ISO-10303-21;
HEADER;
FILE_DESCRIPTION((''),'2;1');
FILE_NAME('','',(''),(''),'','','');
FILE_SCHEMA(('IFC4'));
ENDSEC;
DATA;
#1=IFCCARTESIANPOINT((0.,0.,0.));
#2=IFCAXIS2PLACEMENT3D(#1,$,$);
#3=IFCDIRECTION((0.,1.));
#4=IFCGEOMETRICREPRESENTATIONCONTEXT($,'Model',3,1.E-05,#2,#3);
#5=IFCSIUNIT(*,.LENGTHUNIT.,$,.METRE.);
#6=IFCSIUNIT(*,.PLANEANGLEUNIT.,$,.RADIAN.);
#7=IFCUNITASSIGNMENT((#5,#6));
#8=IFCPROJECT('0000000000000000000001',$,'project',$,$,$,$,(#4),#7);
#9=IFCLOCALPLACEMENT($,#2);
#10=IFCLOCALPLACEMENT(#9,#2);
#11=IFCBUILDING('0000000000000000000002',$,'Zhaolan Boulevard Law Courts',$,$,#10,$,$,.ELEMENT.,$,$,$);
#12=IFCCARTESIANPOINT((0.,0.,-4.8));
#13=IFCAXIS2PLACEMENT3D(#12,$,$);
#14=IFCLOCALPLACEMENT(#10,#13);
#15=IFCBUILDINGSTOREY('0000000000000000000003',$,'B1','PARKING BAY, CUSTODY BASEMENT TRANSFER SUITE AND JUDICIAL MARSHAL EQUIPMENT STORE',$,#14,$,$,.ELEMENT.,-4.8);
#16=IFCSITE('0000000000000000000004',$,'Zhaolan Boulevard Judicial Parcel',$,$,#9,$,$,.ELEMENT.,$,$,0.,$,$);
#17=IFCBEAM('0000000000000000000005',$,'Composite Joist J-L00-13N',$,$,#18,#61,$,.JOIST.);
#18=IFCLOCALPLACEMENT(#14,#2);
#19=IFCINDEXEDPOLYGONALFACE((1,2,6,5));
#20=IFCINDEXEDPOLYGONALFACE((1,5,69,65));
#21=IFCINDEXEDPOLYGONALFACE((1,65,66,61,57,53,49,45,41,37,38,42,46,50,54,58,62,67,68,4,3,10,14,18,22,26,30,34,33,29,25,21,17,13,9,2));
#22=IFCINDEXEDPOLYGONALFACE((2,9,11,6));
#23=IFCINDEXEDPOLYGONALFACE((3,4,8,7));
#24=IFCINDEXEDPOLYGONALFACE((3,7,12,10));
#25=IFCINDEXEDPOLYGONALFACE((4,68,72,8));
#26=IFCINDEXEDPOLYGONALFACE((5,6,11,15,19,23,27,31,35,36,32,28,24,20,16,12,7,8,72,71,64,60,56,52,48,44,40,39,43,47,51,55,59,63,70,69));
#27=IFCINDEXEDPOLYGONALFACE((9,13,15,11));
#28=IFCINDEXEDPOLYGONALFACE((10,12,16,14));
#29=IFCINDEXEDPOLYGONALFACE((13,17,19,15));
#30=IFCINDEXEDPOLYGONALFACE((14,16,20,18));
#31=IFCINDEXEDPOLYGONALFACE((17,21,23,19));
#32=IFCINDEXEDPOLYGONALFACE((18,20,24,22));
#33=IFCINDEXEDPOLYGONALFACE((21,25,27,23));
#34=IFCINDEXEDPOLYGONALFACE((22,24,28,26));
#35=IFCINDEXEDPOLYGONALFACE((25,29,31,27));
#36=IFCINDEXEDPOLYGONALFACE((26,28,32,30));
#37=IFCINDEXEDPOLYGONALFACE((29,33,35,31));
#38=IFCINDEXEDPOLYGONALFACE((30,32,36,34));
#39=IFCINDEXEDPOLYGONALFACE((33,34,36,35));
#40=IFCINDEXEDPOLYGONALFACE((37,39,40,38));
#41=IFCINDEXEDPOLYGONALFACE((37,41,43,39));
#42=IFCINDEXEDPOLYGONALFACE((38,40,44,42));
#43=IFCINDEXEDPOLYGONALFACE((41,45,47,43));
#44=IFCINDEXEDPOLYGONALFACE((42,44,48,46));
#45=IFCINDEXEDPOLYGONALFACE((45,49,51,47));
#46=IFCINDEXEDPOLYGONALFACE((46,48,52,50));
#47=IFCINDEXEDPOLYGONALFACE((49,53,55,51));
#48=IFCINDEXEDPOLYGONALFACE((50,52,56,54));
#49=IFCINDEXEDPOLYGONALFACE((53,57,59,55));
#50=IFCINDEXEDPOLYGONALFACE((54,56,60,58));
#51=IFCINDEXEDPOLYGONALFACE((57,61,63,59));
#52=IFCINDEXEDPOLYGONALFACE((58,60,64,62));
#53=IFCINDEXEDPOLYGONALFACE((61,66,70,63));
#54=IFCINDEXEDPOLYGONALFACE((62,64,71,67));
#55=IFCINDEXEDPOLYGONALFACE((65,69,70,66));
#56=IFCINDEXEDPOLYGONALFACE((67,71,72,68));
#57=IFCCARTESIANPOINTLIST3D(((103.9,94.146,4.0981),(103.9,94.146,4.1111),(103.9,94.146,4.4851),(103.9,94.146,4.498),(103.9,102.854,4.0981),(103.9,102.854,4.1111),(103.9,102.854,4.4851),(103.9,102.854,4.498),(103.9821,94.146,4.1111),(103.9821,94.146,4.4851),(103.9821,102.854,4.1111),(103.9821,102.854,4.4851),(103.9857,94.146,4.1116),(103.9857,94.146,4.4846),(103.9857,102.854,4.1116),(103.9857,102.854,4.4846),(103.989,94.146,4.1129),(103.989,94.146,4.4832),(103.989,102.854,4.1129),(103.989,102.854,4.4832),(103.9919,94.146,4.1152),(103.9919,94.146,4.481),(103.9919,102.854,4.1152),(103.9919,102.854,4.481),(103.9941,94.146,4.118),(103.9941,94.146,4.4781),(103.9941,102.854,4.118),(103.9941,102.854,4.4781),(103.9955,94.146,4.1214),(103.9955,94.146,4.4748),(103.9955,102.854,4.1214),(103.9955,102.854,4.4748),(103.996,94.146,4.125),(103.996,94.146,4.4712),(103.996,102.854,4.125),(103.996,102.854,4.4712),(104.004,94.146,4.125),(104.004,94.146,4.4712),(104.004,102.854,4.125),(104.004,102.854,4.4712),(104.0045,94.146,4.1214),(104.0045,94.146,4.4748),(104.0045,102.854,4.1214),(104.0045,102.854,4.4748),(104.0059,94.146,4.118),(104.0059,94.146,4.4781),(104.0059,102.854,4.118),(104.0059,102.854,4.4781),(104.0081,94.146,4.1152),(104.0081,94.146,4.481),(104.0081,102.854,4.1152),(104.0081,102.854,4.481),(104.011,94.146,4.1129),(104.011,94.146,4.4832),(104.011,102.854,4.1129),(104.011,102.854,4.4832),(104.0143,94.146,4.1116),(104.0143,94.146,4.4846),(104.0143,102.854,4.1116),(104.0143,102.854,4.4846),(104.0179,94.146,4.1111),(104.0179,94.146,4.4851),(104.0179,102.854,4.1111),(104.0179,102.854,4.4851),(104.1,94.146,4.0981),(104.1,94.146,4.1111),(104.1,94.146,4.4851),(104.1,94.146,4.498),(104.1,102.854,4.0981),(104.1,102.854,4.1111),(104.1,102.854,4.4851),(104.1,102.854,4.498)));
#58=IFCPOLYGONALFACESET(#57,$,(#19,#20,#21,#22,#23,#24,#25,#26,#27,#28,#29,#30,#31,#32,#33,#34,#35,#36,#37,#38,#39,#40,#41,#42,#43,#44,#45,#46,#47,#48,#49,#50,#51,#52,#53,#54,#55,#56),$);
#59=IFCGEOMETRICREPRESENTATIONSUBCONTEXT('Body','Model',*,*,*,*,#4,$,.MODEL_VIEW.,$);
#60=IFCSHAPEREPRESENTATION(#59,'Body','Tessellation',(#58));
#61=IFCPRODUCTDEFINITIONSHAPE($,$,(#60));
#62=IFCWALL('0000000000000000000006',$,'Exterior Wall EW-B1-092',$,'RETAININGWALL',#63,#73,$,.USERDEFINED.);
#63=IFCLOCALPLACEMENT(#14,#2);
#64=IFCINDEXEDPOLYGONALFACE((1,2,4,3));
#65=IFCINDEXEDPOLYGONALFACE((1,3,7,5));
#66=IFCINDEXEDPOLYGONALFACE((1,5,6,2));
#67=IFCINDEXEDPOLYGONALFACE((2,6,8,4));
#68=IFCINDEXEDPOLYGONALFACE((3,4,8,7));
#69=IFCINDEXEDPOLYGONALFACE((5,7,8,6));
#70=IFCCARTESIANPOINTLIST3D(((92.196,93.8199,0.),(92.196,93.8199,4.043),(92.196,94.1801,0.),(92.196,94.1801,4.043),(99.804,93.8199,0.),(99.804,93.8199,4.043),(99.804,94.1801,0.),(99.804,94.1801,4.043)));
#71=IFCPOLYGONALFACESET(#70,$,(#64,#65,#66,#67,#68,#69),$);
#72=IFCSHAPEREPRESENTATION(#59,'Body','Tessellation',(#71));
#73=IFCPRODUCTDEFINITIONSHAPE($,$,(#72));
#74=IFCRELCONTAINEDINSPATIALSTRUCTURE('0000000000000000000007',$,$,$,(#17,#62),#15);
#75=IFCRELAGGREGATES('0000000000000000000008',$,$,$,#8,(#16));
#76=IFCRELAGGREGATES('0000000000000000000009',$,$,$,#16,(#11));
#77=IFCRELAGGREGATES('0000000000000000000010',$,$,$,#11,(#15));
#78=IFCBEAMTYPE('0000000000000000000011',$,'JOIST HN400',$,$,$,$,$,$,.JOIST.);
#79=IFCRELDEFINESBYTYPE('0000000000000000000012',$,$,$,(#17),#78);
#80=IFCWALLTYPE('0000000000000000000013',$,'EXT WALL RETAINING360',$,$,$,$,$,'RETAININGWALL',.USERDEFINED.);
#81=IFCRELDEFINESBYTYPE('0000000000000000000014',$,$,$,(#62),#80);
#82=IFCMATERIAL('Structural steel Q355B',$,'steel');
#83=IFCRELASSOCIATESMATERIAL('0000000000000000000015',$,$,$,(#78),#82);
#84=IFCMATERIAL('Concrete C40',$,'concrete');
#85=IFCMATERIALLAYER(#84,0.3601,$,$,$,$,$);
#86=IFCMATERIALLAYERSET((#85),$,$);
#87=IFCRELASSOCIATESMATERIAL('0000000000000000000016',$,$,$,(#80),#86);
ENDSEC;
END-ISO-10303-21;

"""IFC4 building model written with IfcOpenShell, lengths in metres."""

from ifc_helpers import new_model, si_unit, direction, frame, frame_2d, origin, origin_2d, place, context, subcontext, project, spatial, rectangle, i_section, extrude, material, layer, layer_set, material_profile, profile_set, type_object, element, save


model = new_model("IFC4")

# Units and contexts
model_context = context("Model", 3, precision=1e-05, world=origin(), true_north=direction((0.0, 1.0)))
body_context = subcontext(model_context, "Body", "Model", "MODEL_VIEW")
ifc_project = project(units=[si_unit("LENGTHUNIT", "METRE"), si_unit("PLANEANGLEUNIT", "RADIAN")], contexts=[model_context])

# Site, building, storey
site_placement = place(None, origin())
site = spatial("IfcSite", under=ifc_project, at=site_placement, Name="Zhaolan Boulevard Judicial Parcel", CompositionType="ELEMENT", RefElevation=0.0)
building_placement = place(site_placement, origin())
building = spatial("IfcBuilding", under=site, at=building_placement, Name="Zhaolan Boulevard Law Courts", CompositionType="ELEMENT")
storey_placement = place(building_placement, frame((0.0, 0.0, -4.8)))
storey = spatial("IfcBuildingStorey", under=building, at=storey_placement, Name="B1", Description="PARKING BAY, CUSTODY BASEMENT TRANSFER SUITE AND JUDICIAL MARSHAL EQUIPMENT STORE", CompositionType="ELEMENT", Elevation=-4.8)

# Beam
ifc_material_1 = material(Name="Structural steel Q355B", Category="steel")
ifc_material_profile_1 = material_profile(ifc_material_1, i_section(OverallWidth=0.2, OverallDepth=0.3999, WebThickness=0.0081, FlangeThickness=0.0129, FilletRadius=0.0139, at=origin_2d()), Name="HN400x200")
ifc_profile_set_1 = profile_set([ifc_material_profile_1], Name="Structural steel Q355B")
beam_type_1 = type_object("IfcBeamType", Name="JOIST HN400", PredefinedType="JOIST", material=ifc_profile_set_1)
beam_1_placement = place(storey_placement, frame((104.0, 94.146, 4.2981), z_axis=(0.0, 1.0, 0.0), x_axis=(-1.0, 0.0, 0.0)))
element("IfcBeam", 1, at=beam_1_placement, inside=storey, type_object=beam_type_1, Name="Composite Joist J-L00-13N", PredefinedType="JOIST", context=body_context, shape_type="SweptSolid", body=[
    extrude(i_section(OverallWidth=0.2, OverallDepth=0.3999, WebThickness=0.0081, FlangeThickness=0.0129, FilletRadius=0.0139, at=origin_2d()), origin(), (0.0, 0.0, 1.0), 8.708),
])

# Wall
ifc_material_2 = material(Name="Concrete C40", Category="concrete")
ifc_layer = layer(ifc_material_2, 0.3601)
ifc_layer_set = layer_set([ifc_layer])
wall_type = type_object("IfcWallType", Name="EXT WALL RETAINING360", ElementType="RETAININGWALL", PredefinedType="USERDEFINED", material=ifc_layer_set)
wall_placement = place(storey_placement, frame((99.804, 94.0, 0.0), z_axis=(0.0, 0.0, 1.0), x_axis=(-1.0, 0.0, 0.0)))
element("IfcWall", 2, at=wall_placement, inside=storey, type_object=wall_type, Name="Exterior Wall EW-B1-092", ObjectType="RETAININGWALL", PredefinedType="USERDEFINED", context=body_context, shape_type="SweptSolid", body=[
    extrude(rectangle(XDim=7.6079, YDim=0.3601, at=frame_2d((3.804, 0.0))), origin(), (0.0, 0.0, 1.0), 4.043),
])

save(model, "model.ifc")
